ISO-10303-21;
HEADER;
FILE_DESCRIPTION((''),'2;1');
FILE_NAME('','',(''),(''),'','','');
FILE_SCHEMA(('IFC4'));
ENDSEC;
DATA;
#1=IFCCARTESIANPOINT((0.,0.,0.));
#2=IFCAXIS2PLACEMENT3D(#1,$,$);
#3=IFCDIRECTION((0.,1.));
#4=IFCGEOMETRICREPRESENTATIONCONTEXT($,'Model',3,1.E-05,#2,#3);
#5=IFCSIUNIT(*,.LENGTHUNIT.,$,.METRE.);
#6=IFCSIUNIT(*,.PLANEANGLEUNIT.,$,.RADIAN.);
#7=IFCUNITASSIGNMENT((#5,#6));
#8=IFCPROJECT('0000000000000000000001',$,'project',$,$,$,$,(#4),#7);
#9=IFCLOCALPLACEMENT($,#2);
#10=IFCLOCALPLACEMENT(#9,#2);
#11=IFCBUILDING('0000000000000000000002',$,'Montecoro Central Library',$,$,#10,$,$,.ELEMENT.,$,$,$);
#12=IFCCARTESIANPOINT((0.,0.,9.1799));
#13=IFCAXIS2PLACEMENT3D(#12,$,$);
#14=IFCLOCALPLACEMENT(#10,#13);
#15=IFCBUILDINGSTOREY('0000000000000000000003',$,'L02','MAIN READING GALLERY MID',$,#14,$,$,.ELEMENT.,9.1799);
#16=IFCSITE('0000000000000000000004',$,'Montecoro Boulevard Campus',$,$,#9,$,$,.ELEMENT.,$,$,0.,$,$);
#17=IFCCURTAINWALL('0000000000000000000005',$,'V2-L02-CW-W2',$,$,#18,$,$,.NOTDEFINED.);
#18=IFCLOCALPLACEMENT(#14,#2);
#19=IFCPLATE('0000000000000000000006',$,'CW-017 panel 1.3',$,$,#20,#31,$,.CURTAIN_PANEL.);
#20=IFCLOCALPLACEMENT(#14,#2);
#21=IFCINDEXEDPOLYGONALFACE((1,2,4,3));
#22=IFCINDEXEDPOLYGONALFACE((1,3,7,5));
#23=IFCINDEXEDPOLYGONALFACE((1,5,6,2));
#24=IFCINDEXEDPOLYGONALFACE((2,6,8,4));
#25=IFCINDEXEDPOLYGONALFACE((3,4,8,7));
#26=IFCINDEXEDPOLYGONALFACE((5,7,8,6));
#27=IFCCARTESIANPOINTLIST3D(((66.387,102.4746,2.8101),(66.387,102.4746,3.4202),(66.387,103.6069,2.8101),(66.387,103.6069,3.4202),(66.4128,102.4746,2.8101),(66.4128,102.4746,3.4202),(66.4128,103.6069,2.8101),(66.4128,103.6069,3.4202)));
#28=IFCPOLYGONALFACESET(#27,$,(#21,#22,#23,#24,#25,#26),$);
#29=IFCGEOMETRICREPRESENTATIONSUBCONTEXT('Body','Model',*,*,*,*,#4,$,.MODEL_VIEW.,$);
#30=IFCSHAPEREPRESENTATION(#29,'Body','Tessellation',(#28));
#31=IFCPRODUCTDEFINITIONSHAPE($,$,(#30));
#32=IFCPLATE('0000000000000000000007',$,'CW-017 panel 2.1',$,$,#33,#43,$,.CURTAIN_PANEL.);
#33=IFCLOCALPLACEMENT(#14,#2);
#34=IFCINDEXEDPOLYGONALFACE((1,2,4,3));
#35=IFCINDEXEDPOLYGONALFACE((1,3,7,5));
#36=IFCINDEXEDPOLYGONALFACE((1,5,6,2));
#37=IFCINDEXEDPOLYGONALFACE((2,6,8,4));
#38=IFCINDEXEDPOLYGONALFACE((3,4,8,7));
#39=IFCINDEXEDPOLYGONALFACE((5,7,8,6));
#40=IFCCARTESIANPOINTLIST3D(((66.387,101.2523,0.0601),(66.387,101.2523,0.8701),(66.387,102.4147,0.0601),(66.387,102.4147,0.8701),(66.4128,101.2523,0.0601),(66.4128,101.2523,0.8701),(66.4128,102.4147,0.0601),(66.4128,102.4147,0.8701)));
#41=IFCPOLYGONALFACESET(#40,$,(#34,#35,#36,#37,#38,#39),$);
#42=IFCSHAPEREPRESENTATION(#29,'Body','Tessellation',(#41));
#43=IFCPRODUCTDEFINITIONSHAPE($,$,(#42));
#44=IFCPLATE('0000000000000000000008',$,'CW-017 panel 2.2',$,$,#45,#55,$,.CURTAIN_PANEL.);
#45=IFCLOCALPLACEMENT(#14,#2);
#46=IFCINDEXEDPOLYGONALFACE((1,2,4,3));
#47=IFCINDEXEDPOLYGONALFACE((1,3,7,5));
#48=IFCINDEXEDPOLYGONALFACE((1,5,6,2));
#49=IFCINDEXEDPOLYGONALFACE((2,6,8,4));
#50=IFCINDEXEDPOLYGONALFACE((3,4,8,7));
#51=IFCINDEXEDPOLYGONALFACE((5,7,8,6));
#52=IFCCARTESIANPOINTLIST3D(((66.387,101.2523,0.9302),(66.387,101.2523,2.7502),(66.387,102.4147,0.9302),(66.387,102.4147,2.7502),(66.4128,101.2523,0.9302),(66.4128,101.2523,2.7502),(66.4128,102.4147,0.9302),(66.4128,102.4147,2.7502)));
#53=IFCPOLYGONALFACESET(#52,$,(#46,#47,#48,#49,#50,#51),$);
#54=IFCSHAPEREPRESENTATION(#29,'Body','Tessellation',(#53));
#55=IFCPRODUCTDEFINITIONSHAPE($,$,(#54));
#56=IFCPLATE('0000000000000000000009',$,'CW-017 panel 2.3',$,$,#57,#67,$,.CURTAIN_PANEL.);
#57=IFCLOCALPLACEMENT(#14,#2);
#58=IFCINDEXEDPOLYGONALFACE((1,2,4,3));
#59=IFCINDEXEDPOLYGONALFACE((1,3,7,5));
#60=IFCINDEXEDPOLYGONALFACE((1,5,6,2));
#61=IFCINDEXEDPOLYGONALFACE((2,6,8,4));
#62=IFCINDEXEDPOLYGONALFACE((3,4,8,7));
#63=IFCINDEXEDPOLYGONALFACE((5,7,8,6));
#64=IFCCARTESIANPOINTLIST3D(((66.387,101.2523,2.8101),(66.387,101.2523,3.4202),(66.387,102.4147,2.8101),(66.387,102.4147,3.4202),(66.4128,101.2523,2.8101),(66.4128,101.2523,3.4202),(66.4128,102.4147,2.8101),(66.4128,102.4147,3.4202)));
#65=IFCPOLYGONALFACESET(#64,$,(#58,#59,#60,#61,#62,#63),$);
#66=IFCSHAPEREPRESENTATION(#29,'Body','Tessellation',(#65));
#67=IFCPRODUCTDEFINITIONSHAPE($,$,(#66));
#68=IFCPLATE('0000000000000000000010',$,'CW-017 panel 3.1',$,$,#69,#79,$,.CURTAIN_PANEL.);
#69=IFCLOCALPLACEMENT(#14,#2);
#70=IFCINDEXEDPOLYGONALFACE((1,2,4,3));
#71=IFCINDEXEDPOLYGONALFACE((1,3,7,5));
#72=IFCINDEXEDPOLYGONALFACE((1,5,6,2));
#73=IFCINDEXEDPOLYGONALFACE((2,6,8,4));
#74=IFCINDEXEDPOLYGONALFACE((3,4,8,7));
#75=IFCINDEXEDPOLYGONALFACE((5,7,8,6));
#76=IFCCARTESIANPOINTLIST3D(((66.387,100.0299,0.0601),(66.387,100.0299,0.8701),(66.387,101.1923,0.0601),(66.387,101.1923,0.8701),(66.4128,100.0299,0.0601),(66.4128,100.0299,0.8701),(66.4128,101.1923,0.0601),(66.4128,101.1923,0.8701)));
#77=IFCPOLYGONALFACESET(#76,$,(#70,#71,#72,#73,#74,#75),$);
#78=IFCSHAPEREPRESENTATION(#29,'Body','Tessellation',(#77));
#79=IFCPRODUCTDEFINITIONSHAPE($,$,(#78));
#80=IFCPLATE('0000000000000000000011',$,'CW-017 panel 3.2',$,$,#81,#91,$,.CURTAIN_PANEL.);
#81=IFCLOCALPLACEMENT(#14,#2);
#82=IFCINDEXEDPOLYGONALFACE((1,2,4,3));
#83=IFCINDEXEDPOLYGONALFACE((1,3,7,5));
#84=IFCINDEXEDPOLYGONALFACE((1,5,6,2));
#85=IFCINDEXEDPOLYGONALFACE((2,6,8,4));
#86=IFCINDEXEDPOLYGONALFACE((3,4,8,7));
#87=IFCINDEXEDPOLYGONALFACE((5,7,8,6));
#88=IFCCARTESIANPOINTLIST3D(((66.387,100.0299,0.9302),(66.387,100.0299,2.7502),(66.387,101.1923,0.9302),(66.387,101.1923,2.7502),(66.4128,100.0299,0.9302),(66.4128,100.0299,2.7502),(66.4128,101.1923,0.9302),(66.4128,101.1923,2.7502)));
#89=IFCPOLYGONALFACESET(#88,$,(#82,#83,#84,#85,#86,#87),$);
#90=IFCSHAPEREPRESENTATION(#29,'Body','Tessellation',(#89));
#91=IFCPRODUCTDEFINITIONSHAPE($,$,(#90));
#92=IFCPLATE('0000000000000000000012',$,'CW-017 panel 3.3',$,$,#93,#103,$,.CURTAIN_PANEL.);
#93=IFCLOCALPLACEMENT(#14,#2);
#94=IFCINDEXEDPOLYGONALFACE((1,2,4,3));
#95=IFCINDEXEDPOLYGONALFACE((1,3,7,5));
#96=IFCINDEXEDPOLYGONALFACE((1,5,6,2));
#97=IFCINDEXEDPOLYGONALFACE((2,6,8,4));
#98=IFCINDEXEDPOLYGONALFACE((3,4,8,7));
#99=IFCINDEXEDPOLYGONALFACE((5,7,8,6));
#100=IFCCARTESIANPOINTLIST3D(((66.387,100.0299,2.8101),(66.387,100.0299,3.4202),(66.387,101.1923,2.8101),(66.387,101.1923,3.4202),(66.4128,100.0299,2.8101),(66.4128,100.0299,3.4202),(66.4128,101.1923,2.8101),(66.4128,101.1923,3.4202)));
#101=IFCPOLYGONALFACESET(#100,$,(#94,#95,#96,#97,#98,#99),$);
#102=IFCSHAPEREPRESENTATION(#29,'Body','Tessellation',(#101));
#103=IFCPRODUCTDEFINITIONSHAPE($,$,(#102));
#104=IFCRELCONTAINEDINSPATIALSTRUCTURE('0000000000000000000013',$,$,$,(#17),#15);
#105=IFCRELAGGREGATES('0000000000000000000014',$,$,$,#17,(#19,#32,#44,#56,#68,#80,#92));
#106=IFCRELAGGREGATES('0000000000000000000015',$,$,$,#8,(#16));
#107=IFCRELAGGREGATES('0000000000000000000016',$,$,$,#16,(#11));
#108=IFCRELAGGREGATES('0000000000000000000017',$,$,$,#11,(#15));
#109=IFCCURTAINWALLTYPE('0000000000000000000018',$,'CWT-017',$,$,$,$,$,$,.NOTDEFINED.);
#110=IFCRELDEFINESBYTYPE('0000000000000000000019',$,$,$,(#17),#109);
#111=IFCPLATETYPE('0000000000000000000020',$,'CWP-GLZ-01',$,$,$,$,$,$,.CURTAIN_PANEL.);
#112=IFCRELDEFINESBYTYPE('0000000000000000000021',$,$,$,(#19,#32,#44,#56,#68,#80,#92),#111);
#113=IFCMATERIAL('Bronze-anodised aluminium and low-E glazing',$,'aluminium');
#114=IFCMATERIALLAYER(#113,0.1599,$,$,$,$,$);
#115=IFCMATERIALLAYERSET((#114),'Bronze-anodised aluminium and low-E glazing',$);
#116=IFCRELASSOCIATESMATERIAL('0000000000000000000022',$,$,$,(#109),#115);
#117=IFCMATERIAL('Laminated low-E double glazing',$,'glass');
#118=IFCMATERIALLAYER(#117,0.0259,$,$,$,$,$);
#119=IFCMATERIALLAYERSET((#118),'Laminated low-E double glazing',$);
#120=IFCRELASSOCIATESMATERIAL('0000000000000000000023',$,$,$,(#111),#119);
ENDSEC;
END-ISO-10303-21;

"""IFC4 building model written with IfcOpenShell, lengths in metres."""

from ifc_helpers import new_model, si_unit, direction, frame, origin, origin_2d, place, context, subcontext, project, spatial, rectangle, extrude, material, layer, layer_set, type_object, element, aggregate, save


model = new_model("IFC4")

# Units and contexts
model_context = context("Model", 3, precision=1e-05, world=origin(), true_north=direction((0.0, 1.0)))
body_context = subcontext(model_context, "Body", "Model", "MODEL_VIEW")
ifc_project = project(units=[si_unit("LENGTHUNIT", "METRE"), si_unit("PLANEANGLEUNIT", "RADIAN")], contexts=[model_context])

# Site, building, storey
site_placement = place(None, origin())
site = spatial("IfcSite", under=ifc_project, at=site_placement, Name="Montecoro Boulevard Campus", CompositionType="ELEMENT", RefElevation=0.0)
building_placement = place(site_placement, origin())
building = spatial("IfcBuilding", under=site, at=building_placement, Name="Montecoro Central Library", CompositionType="ELEMENT")
storey_placement = place(building_placement, frame((0.0, 0.0, 9.1799)))
storey = spatial("IfcBuildingStorey", under=building, at=storey_placement, Name="L02", Description="MAIN READING GALLERY MID", CompositionType="ELEMENT", Elevation=9.1799)

# Curtain wall, plates
ifc_material_1 = material(Name="Bronze-anodised aluminium and low-E glazing", Category="aluminium")
ifc_layer_1 = layer(ifc_material_1, 0.1599)
ifc_layer_set_1 = layer_set([ifc_layer_1], Name="Bronze-anodised aluminium and low-E glazing")
curtain_wall_type = type_object("IfcCurtainWallType", Name="CWT-017", PredefinedType="NOTDEFINED", material=ifc_layer_set_1)
curtain_wall_placement = place(storey_placement, origin())
curtain_wall = element("IfcCurtainWall", 1, at=curtain_wall_placement, inside=storey, type_object=curtain_wall_type, Name="V2-L02-CW-W2", PredefinedType="NOTDEFINED")
ifc_material_2 = material(Name="Laminated low-E double glazing", Category="glass")
ifc_layer_2 = layer(ifc_material_2, 0.0259)
ifc_layer_set_2 = layer_set([ifc_layer_2], Name="Laminated low-E double glazing")
plate_type = type_object("IfcPlateType", Name="CWP-GLZ-01", PredefinedType="CURTAIN_PANEL", material=ifc_layer_set_2)
plate_1_placement = place(storey_placement, frame((66.3999, 103.0408, 2.8101), z_axis=(0.0, 0.0, 1.0), x_axis=(0.0, -1.0, 0.0)))
plate_1 = element("IfcPlate", 2, at=plate_1_placement, type_object=plate_type, Name="CW-017 panel 1.3", PredefinedType="CURTAIN_PANEL", context=body_context, shape_type="SweptSolid", body=[
    extrude(rectangle(XDim=1.1323, YDim=0.0259, at=origin_2d()), origin(), (0.0, 0.0, 1.0), 0.6101),
])
plate_2_placement = place(storey_placement, frame((66.3999, 101.8335, 0.0601), z_axis=(0.0, 0.0, 1.0), x_axis=(0.0, -1.0, 0.0)))
plate_2 = element("IfcPlate", 3, at=plate_2_placement, type_object=plate_type, Name="CW-017 panel 2.1", PredefinedType="CURTAIN_PANEL", context=body_context, shape_type="SweptSolid", body=[
    extrude(rectangle(XDim=1.1624, YDim=0.0259, at=origin_2d()), origin(), (0.0, 0.0, 1.0), 0.8101),
])
plate_3_placement = place(storey_placement, frame((66.3999, 101.8335, 0.9302), z_axis=(0.0, 0.0, 1.0), x_axis=(0.0, -1.0, 0.0)))
plate_3 = element("IfcPlate", 4, at=plate_3_placement, type_object=plate_type, Name="CW-017 panel 2.2", PredefinedType="CURTAIN_PANEL", context=body_context, shape_type="SweptSolid", body=[
    extrude(rectangle(XDim=1.1624, YDim=0.0259, at=origin_2d()), origin(), (0.0, 0.0, 1.0), 1.8201),
])
plate_4_placement = place(storey_placement, frame((66.3999, 101.8335, 2.8101), z_axis=(0.0, 0.0, 1.0), x_axis=(0.0, -1.0, 0.0)))
plate_4 = element("IfcPlate", 5, at=plate_4_placement, type_object=plate_type, Name="CW-017 panel 2.3", PredefinedType="CURTAIN_PANEL", context=body_context, shape_type="SweptSolid", body=[
    extrude(rectangle(XDim=1.1624, YDim=0.0259, at=origin_2d()), origin(), (0.0, 0.0, 1.0), 0.6101),
])
plate_5_placement = place(storey_placement, frame((66.3999, 100.6111, 0.0601), z_axis=(0.0, 0.0, 1.0), x_axis=(0.0, -1.0, 0.0)))
plate_5 = element("IfcPlate", 6, at=plate_5_placement, type_object=plate_type, Name="CW-017 panel 3.1", PredefinedType="CURTAIN_PANEL", context=body_context, shape_type="SweptSolid", body=[
    extrude(rectangle(XDim=1.1624, YDim=0.0259, at=origin_2d()), origin(), (0.0, 0.0, 1.0), 0.8101),
])
plate_6_placement = place(storey_placement, frame((66.3999, 100.6111, 0.9302), z_axis=(0.0, 0.0, 1.0), x_axis=(0.0, -1.0, 0.0)))
plate_6 = element("IfcPlate", 7, at=plate_6_placement, type_object=plate_type, Name="CW-017 panel 3.2", PredefinedType="CURTAIN_PANEL", context=body_context, shape_type="SweptSolid", body=[
    extrude(rectangle(XDim=1.1624, YDim=0.0259, at=origin_2d()), origin(), (0.0, 0.0, 1.0), 1.8201),
])
plate_7_placement = place(storey_placement, frame((66.3999, 100.6111, 2.8101), z_axis=(0.0, 0.0, 1.0), x_axis=(0.0, -1.0, 0.0)))
plate_7 = element("IfcPlate", 8, at=plate_7_placement, type_object=plate_type, Name="CW-017 panel 3.3", PredefinedType="CURTAIN_PANEL", context=body_context, shape_type="SweptSolid", body=[
    extrude(rectangle(XDim=1.1624, YDim=0.0259, at=origin_2d()), origin(), (0.0, 0.0, 1.0), 0.6101),
])
aggregate(curtain_wall, [plate_1, plate_2, plate_3, plate_4, plate_5, plate_6, plate_7])

save(model, "model.ifc")
